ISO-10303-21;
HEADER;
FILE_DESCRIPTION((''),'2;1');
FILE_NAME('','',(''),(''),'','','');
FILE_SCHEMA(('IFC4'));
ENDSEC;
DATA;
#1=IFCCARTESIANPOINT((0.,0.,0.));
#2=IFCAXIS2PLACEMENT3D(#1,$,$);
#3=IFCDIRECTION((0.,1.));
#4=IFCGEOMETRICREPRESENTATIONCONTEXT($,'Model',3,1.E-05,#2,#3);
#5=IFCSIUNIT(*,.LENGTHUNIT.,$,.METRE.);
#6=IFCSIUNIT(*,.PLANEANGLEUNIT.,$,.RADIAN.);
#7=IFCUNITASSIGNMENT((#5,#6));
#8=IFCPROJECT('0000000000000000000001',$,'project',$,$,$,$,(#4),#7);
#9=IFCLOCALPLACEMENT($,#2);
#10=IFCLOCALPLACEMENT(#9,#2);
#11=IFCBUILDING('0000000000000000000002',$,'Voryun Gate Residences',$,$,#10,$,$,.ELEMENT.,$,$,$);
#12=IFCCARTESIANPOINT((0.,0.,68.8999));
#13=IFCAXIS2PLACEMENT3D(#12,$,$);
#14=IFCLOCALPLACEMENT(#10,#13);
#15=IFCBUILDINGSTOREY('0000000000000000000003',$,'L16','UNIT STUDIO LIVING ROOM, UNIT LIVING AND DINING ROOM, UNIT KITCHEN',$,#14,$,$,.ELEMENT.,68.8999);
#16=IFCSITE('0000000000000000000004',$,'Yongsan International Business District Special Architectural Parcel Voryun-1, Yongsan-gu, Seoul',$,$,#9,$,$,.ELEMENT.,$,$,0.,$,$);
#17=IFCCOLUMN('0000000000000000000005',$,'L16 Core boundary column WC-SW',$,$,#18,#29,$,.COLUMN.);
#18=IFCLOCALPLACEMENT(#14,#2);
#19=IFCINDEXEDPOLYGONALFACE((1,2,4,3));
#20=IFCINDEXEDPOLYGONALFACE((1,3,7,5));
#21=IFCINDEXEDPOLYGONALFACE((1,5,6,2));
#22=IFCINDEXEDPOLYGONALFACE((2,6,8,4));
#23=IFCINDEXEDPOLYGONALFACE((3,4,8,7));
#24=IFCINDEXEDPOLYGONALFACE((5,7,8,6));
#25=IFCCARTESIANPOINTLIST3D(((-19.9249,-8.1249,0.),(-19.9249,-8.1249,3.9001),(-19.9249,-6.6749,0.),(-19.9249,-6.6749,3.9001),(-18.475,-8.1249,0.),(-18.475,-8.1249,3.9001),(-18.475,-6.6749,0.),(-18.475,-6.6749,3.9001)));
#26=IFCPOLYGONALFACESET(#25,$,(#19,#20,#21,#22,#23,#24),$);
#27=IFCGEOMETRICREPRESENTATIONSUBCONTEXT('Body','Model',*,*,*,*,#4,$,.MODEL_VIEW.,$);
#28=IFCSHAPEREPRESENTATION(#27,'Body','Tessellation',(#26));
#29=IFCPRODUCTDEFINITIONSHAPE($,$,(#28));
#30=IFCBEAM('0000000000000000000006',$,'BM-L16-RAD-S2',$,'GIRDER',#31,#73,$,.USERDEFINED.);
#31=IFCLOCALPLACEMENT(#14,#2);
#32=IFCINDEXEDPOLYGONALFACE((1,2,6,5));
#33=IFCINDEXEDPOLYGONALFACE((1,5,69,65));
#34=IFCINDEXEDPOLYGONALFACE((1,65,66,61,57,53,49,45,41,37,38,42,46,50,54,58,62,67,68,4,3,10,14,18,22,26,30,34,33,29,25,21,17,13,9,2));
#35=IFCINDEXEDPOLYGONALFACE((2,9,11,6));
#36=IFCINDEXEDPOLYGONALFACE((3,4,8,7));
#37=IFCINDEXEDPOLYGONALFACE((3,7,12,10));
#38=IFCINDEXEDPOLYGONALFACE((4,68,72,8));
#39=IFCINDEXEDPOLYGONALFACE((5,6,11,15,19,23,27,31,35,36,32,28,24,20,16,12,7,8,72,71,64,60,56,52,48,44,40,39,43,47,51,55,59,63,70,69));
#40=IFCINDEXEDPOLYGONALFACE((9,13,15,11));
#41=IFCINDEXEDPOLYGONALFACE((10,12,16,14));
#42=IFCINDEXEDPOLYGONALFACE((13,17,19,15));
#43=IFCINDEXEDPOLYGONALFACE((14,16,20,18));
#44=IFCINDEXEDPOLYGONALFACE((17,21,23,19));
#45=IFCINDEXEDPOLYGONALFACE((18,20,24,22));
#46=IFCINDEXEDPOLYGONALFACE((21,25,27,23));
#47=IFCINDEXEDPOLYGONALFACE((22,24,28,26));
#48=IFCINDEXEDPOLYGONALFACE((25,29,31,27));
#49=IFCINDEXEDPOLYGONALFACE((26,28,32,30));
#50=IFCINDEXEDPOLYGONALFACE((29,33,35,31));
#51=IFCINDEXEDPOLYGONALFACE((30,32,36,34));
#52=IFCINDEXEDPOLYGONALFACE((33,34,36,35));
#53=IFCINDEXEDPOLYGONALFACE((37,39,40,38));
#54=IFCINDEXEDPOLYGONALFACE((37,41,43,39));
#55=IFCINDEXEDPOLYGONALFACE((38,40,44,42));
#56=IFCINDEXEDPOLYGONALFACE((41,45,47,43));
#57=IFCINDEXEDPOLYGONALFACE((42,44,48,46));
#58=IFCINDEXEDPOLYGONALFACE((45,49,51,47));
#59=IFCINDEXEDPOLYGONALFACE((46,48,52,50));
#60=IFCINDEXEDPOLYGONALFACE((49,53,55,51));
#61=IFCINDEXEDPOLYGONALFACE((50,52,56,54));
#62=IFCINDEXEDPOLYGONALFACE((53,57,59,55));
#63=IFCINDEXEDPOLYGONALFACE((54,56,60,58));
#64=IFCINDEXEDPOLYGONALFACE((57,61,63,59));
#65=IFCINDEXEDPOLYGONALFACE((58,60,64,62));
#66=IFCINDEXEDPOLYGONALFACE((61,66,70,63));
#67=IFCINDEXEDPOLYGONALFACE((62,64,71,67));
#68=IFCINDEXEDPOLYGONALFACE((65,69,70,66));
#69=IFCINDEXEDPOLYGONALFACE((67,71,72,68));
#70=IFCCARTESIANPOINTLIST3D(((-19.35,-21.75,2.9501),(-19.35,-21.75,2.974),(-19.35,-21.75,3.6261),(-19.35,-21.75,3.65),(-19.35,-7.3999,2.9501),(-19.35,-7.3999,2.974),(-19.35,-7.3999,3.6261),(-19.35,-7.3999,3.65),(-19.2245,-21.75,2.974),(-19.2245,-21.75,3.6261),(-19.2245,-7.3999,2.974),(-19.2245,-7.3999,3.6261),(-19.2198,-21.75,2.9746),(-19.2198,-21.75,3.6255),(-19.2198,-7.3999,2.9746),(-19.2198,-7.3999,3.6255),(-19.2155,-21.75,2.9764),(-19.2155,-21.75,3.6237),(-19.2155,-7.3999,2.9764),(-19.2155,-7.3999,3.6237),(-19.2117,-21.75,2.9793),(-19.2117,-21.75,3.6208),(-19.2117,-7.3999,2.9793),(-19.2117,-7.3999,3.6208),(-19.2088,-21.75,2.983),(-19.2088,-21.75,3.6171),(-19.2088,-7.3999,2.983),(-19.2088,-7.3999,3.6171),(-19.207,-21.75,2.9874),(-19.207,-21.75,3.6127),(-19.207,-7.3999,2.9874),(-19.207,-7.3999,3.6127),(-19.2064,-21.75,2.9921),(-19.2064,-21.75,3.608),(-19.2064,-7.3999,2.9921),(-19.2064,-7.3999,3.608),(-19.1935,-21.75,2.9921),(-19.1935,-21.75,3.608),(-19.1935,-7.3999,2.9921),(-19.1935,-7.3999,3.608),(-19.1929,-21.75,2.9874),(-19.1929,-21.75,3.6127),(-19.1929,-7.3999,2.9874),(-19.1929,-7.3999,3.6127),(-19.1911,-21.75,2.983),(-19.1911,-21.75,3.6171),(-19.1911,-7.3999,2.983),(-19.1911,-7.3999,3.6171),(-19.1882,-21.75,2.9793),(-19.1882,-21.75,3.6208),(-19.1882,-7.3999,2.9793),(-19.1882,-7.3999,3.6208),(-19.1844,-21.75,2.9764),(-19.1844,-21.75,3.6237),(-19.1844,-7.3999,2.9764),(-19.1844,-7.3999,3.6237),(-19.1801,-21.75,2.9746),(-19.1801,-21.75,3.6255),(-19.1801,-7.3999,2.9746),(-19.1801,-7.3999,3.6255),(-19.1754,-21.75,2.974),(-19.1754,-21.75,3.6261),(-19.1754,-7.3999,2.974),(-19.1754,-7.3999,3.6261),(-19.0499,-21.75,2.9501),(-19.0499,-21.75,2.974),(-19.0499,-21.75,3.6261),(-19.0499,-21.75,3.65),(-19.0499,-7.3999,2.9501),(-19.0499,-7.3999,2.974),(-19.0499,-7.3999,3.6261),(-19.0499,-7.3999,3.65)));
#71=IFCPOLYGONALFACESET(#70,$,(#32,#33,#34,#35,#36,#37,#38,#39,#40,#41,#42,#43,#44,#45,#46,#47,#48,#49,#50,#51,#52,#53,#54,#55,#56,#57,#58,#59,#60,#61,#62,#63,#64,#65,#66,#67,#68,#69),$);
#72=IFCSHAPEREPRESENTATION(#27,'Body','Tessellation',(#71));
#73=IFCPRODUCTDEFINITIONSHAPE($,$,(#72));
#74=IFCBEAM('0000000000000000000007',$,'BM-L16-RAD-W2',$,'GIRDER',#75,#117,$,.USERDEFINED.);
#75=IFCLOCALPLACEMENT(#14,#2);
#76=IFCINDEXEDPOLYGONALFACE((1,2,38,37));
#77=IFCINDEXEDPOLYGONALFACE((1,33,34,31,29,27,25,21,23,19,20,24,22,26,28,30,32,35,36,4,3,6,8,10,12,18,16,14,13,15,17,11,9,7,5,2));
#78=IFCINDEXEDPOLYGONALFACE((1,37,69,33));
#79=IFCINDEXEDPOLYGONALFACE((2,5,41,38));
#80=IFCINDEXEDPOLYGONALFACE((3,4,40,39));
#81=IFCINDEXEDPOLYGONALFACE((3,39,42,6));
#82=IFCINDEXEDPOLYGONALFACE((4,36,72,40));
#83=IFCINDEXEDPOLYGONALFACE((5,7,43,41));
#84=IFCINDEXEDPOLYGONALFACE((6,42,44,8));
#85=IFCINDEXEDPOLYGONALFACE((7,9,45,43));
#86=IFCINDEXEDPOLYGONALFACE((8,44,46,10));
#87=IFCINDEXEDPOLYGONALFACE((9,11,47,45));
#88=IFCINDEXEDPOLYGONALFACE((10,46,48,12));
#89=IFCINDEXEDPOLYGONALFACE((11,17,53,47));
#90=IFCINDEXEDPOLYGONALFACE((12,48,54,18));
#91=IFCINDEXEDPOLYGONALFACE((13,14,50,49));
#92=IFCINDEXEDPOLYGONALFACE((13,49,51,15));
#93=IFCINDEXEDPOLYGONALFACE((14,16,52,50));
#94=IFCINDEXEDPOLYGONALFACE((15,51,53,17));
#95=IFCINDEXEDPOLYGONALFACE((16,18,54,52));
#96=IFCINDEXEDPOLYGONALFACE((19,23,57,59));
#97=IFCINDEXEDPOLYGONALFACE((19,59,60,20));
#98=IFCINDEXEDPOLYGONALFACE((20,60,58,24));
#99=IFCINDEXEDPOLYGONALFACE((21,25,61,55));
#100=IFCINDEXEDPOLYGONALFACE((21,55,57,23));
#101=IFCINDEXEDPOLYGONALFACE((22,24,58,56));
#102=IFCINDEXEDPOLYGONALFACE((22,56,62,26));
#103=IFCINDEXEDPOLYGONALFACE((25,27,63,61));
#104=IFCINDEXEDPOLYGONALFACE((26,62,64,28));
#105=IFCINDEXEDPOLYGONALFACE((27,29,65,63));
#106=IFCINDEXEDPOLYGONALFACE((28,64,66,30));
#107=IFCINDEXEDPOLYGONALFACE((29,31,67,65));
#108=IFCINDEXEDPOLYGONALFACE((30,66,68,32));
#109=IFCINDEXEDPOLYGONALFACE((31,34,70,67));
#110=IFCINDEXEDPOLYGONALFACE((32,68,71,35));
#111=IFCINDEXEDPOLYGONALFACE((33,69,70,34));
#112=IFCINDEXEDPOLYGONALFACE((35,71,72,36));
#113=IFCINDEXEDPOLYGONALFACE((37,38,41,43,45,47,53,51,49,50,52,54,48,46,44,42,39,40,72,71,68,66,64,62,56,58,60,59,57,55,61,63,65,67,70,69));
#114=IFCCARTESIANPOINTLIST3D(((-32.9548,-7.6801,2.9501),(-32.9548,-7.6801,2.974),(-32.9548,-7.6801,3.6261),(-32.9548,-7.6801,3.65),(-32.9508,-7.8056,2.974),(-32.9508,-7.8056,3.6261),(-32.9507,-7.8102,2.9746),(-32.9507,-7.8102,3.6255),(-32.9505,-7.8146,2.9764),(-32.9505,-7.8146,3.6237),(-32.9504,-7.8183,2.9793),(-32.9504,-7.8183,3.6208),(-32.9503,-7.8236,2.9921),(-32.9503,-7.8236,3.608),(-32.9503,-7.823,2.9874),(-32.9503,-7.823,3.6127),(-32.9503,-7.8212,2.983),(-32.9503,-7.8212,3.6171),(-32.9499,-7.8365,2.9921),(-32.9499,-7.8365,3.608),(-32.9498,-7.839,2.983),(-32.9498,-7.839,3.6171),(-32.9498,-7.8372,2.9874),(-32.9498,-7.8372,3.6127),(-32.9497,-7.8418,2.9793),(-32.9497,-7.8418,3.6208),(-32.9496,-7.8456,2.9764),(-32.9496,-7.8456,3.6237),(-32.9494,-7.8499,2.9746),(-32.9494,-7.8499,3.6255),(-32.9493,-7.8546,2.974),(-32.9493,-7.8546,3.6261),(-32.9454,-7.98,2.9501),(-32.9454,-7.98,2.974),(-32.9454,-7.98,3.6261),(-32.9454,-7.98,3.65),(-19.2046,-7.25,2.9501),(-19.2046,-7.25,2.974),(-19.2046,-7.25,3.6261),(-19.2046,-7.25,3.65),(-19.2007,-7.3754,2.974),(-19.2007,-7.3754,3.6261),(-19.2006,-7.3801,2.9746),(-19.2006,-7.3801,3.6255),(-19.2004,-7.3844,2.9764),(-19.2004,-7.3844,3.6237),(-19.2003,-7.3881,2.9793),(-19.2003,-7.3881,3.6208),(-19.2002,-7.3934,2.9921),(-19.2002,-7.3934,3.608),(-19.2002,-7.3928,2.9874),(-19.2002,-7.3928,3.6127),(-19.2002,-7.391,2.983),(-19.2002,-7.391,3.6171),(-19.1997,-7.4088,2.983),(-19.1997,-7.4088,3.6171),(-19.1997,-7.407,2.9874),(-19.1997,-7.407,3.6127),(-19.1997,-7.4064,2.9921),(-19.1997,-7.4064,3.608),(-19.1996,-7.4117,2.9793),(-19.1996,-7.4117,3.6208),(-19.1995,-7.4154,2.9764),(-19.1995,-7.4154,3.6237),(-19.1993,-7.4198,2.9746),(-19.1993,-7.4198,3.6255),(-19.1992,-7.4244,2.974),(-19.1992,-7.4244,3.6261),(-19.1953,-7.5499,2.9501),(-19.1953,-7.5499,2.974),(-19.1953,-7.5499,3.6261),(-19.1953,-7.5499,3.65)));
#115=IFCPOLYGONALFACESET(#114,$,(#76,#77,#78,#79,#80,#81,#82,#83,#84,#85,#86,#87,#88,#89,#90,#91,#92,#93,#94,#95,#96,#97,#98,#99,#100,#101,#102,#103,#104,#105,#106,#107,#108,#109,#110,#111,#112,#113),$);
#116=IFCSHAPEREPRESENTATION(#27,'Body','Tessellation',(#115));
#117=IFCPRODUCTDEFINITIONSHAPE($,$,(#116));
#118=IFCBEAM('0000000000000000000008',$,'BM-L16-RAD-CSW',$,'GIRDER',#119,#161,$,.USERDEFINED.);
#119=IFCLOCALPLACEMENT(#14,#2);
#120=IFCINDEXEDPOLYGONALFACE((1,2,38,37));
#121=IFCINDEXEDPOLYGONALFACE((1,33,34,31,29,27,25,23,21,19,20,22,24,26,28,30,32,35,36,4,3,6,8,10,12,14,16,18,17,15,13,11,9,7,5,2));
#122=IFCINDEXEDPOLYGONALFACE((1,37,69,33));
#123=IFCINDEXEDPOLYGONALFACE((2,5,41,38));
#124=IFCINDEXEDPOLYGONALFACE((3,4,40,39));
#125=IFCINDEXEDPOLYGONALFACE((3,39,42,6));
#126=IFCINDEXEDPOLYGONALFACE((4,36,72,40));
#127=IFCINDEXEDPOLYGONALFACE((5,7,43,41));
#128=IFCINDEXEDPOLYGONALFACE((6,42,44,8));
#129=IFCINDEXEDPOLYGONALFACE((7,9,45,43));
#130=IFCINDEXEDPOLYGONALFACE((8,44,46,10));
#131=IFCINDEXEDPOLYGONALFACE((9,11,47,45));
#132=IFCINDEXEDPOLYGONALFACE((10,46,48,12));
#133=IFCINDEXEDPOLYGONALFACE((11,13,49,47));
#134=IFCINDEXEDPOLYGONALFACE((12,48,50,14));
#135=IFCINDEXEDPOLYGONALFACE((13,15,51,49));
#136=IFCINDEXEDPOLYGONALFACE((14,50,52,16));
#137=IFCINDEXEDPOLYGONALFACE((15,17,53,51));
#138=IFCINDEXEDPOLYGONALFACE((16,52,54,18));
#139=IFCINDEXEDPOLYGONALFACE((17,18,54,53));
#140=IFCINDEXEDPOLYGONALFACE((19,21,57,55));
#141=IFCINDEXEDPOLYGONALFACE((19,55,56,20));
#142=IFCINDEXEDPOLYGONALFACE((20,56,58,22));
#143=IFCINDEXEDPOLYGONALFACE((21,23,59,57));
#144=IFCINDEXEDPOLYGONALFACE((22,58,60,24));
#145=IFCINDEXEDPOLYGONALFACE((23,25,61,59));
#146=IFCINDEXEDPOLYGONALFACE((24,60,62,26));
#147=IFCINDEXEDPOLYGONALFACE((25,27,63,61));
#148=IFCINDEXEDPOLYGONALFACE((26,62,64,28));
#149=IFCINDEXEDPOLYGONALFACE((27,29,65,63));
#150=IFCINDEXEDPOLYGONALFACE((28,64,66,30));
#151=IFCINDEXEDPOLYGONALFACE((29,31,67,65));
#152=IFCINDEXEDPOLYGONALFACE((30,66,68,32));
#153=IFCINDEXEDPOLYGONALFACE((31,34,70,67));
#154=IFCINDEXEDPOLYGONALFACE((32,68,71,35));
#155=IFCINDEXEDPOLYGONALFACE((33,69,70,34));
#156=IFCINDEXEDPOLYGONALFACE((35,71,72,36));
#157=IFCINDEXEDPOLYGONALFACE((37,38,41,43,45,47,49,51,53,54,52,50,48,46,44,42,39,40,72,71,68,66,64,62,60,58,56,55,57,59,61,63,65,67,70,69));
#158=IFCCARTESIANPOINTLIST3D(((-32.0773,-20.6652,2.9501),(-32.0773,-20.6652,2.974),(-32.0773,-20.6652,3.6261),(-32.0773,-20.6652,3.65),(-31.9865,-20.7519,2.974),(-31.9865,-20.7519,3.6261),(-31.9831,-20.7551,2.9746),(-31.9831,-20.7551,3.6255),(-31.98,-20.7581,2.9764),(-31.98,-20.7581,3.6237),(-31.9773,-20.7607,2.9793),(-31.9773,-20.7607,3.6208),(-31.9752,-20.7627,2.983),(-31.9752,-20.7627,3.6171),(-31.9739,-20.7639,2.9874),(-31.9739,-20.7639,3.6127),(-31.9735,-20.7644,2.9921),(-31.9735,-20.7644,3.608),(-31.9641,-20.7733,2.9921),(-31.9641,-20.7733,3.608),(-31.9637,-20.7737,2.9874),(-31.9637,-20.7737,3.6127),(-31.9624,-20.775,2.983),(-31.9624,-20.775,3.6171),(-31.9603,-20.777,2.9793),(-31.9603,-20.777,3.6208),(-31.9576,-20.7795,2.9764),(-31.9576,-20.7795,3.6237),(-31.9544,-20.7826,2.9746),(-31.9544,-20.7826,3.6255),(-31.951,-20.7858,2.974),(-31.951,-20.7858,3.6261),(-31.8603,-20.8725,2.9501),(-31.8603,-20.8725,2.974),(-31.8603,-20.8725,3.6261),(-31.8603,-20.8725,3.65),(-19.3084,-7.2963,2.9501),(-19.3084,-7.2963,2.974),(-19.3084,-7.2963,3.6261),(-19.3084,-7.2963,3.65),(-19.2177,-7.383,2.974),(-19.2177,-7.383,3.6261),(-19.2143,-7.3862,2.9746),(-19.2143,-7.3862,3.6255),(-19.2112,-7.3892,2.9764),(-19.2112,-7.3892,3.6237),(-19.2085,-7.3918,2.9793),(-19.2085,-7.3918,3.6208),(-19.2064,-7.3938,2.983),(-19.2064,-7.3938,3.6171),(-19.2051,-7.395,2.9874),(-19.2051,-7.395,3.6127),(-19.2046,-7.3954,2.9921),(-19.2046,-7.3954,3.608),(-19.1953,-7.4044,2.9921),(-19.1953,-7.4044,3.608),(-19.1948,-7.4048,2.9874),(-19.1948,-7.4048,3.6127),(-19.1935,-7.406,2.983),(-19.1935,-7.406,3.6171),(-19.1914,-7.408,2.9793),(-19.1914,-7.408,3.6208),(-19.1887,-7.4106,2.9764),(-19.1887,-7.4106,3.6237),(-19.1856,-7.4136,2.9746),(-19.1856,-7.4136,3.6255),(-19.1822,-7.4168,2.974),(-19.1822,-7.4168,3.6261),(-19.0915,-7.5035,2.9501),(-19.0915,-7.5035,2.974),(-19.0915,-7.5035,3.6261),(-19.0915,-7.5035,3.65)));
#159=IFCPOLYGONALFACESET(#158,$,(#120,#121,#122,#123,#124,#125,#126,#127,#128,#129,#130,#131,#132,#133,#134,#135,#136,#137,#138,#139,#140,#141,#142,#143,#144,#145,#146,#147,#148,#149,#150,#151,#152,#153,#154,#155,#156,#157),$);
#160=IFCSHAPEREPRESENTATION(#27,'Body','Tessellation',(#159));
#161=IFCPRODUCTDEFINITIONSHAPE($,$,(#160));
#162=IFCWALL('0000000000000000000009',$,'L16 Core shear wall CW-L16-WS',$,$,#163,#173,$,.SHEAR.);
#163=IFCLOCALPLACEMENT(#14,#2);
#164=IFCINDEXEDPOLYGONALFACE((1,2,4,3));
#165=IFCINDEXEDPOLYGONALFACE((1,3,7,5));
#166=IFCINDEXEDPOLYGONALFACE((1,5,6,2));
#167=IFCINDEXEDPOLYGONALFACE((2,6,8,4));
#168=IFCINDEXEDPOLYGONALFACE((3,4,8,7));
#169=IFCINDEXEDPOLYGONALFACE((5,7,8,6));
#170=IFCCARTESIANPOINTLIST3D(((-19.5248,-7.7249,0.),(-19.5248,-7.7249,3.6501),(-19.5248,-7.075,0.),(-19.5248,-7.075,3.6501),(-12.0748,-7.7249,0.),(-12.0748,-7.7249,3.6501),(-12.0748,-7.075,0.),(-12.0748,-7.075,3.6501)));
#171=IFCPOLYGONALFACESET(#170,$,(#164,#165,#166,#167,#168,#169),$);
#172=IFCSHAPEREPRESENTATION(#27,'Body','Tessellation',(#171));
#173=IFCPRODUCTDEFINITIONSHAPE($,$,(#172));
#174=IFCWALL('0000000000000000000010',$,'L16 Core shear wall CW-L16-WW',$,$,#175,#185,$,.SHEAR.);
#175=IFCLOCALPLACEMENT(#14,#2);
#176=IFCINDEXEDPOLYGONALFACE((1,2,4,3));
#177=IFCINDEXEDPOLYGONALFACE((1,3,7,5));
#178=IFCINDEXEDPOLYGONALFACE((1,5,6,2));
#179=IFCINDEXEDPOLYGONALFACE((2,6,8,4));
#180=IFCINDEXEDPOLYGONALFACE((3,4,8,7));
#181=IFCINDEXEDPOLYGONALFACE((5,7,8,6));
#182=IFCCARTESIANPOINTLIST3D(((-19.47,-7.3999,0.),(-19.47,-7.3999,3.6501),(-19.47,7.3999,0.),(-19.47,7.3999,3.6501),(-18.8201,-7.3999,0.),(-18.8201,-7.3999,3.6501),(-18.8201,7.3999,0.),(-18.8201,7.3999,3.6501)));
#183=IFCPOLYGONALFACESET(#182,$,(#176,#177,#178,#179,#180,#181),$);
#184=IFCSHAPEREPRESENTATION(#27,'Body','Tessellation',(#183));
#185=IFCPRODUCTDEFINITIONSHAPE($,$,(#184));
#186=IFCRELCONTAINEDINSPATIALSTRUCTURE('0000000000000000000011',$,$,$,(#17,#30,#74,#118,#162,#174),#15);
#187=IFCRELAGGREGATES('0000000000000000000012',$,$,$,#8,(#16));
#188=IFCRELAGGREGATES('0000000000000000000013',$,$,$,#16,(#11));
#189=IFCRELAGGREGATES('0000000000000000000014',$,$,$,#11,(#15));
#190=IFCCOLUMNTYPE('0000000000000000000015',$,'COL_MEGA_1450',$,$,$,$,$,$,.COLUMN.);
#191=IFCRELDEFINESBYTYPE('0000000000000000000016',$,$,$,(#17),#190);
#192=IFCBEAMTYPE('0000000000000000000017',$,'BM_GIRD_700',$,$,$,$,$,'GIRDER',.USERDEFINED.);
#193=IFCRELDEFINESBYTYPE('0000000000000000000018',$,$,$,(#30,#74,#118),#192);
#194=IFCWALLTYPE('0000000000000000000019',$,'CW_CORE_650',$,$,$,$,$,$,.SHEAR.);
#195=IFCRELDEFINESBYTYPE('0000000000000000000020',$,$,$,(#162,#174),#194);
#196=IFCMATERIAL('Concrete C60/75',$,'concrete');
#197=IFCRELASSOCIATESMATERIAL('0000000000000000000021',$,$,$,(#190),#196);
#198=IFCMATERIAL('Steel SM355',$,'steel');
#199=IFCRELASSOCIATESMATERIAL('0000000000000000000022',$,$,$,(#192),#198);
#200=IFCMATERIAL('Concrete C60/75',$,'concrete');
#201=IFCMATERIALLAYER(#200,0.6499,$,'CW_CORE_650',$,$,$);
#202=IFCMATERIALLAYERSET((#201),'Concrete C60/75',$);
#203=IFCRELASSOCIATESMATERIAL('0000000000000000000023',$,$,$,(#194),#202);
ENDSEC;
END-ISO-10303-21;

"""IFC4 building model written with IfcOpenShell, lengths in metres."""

from ifc_helpers import new_model, si_unit, direction, frame, frame_2d, origin, origin_2d, place, context, subcontext, project, spatial, rectangle, i_section, extrude, material, layer, layer_set, material_profile, profile_set, type_object, element, save


model = new_model("IFC4")

# Units and contexts
model_context = context("Model", 3, precision=1e-05, world=origin(), true_north=direction((0.0, 1.0)))
body_context = subcontext(model_context, "Body", "Model", "MODEL_VIEW")
ifc_project = project(units=[si_unit("LENGTHUNIT", "METRE"), si_unit("PLANEANGLEUNIT", "RADIAN")], contexts=[model_context])

# Site, building, storey
site_placement = place(None, origin())
site = spatial("IfcSite", under=ifc_project, at=site_placement, Name="Yongsan International Business District Special Architectural Parcel Voryun-1, Yongsan-gu, Seoul", CompositionType="ELEMENT", RefElevation=0.0)
building_placement = place(site_placement, origin())
building = spatial("IfcBuilding", under=site, at=building_placement, Name="Voryun Gate Residences", CompositionType="ELEMENT")
storey_placement = place(building_placement, frame((0.0, 0.0, 68.8999)))
storey = spatial("IfcBuildingStorey", under=building, at=storey_placement, Name="L16", Description="UNIT STUDIO LIVING ROOM, UNIT LIVING AND DINING ROOM, UNIT KITCHEN", CompositionType="ELEMENT", Elevation=68.8999)

# Column
ifc_material_1 = material(Name="Concrete C60/75", Category="concrete")
ifc_material_profile_1 = material_profile(ifc_material_1, rectangle(XDim=1.45, YDim=1.45, at=origin_2d()), Name="RC-1450x1450")
ifc_profile_set_1 = profile_set([ifc_material_profile_1], Name="Concrete C60/75")
column_type = type_object("IfcColumnType", Name="COL_MEGA_1450", PredefinedType="COLUMN", material=ifc_profile_set_1)
column_placement = place(storey_placement, frame((-19.2, -7.3999, 0.0), z_axis=(0.0, 0.0, 1.0), x_axis=(1.0, 0.0, 0.0)))
element("IfcColumn", 1, at=column_placement, inside=storey, type_object=column_type, Name="L16 Core boundary column WC-SW", PredefinedType="COLUMN", context=body_context, shape_type="SweptSolid", body=[
    extrude(rectangle(XDim=1.45, YDim=1.45, at=origin_2d()), origin(), (0.0, 0.0, 1.0), 3.9001),
])

# Beams
ifc_material_2 = material(Name="Steel SM355", Category="steel")
ifc_material_profile_2 = material_profile(ifc_material_2, i_section(OverallWidth=0.3, OverallDepth=0.7, WebThickness=0.0129, FlangeThickness=0.0239, FilletRadius=0.0181, at=origin_2d()), Name="H-700x300x13x24")
ifc_profile_set_2 = profile_set([ifc_material_profile_2], Name="Steel SM355")
beam_type = type_object("IfcBeamType", Name="BM_GIRD_700", ElementType="GIRDER", PredefinedType="USERDEFINED", material=ifc_profile_set_2)
beam_1_placement = place(storey_placement, frame((-19.2, -7.3999, 3.3), z_axis=(0.0, -1.0, 0.0), x_axis=(1.0, 0.0, 0.0)))
element("IfcBeam", 2, at=beam_1_placement, inside=storey, type_object=beam_type, Name="BM-L16-RAD-S2", ObjectType="GIRDER", PredefinedType="USERDEFINED", context=body_context, shape_type="SweptSolid", body=[
    extrude(i_section(OverallWidth=0.3, OverallDepth=0.7, WebThickness=0.0129, FlangeThickness=0.0239, FilletRadius=0.0181, at=origin_2d()), origin(), (0.0, 0.0, 1.0), 14.3501),
])
beam_2_placement = place(storey_placement, frame((-19.2, -7.3999, 3.3), z_axis=(-0.999511, -0.03127, 0.0), x_axis=(0.03127, -0.999511, 0.0)))
element("IfcBeam", 3, at=beam_2_placement, inside=storey, type_object=beam_type, Name="BM-L16-RAD-W2", ObjectType="GIRDER", PredefinedType="USERDEFINED", context=body_context, shape_type="SweptSolid", body=[
    extrude(i_section(OverallWidth=0.3, OverallDepth=0.7, WebThickness=0.0129, FlangeThickness=0.0239, FilletRadius=0.0181, at=origin_2d()), origin(), (0.0, 0.0, 1.0), 13.7568),
])
beam_3_placement = place(storey_placement, frame((-19.2, -7.3999, 3.3), z_axis=(-0.69069, -0.723151, 0.0), x_axis=(0.723151, -0.69069, 0.0)))
element("IfcBeam", 4, at=beam_3_placement, inside=storey, type_object=beam_type, Name="BM-L16-RAD-CSW", ObjectType="GIRDER", PredefinedType="USERDEFINED", context=body_context, shape_type="SweptSolid", body=[
    extrude(i_section(OverallWidth=0.3, OverallDepth=0.7, WebThickness=0.0129, FlangeThickness=0.0239, FilletRadius=0.0181, at=origin_2d()), origin(), (0.0, 0.0, 1.0), 18.4871),
])

# Walls
ifc_material_3 = material(Name="Concrete C60/75", Category="concrete")
ifc_layer_1 = layer(ifc_material_3, 0.6499, Name="CW_CORE_650")
ifc_layer_set_1 = layer_set([ifc_layer_1], Name="Concrete C60/75")
wall_type_1 = type_object("IfcWallType", Name="CW_CORE_650", PredefinedType="SHEAR", material=ifc_layer_set_1)
wall_1_placement = place(storey_placement, frame((-19.5249, -7.3999, 0.0), z_axis=(0.0, 0.0, 1.0), x_axis=(1.0, 0.0, 0.0)))
element("IfcWall", 5, at=wall_1_placement, inside=storey, type_object=wall_type_1, Name="L16 Core shear wall CW-L16-WS", PredefinedType="SHEAR", context=body_context, shape_type="SweptSolid", body=[
    extrude(rectangle(XDim=7.45, YDim=0.6499, at=frame_2d((3.7251, 0.0))), origin(), (0.0, 0.0, 1.0), 3.6501),
])
wall_2_placement = place(storey_placement, frame((-19.145, -7.3999, 0.0), z_axis=(0.0, 0.0, 1.0), x_axis=(0.0, 1.0, 0.0)))
element("IfcWall", 6, at=wall_2_placement, inside=storey, type_object=wall_type_1, Name="L16 Core shear wall CW-L16-WW", PredefinedType="SHEAR", context=body_context, shape_type="SweptSolid", body=[
    extrude(rectangle(XDim=14.7998, YDim=0.6499, at=frame_2d((7.3999, 0.0))), origin(), (0.0, 0.0, 1.0), 3.6501),
])

save(model, "model.ifc")
